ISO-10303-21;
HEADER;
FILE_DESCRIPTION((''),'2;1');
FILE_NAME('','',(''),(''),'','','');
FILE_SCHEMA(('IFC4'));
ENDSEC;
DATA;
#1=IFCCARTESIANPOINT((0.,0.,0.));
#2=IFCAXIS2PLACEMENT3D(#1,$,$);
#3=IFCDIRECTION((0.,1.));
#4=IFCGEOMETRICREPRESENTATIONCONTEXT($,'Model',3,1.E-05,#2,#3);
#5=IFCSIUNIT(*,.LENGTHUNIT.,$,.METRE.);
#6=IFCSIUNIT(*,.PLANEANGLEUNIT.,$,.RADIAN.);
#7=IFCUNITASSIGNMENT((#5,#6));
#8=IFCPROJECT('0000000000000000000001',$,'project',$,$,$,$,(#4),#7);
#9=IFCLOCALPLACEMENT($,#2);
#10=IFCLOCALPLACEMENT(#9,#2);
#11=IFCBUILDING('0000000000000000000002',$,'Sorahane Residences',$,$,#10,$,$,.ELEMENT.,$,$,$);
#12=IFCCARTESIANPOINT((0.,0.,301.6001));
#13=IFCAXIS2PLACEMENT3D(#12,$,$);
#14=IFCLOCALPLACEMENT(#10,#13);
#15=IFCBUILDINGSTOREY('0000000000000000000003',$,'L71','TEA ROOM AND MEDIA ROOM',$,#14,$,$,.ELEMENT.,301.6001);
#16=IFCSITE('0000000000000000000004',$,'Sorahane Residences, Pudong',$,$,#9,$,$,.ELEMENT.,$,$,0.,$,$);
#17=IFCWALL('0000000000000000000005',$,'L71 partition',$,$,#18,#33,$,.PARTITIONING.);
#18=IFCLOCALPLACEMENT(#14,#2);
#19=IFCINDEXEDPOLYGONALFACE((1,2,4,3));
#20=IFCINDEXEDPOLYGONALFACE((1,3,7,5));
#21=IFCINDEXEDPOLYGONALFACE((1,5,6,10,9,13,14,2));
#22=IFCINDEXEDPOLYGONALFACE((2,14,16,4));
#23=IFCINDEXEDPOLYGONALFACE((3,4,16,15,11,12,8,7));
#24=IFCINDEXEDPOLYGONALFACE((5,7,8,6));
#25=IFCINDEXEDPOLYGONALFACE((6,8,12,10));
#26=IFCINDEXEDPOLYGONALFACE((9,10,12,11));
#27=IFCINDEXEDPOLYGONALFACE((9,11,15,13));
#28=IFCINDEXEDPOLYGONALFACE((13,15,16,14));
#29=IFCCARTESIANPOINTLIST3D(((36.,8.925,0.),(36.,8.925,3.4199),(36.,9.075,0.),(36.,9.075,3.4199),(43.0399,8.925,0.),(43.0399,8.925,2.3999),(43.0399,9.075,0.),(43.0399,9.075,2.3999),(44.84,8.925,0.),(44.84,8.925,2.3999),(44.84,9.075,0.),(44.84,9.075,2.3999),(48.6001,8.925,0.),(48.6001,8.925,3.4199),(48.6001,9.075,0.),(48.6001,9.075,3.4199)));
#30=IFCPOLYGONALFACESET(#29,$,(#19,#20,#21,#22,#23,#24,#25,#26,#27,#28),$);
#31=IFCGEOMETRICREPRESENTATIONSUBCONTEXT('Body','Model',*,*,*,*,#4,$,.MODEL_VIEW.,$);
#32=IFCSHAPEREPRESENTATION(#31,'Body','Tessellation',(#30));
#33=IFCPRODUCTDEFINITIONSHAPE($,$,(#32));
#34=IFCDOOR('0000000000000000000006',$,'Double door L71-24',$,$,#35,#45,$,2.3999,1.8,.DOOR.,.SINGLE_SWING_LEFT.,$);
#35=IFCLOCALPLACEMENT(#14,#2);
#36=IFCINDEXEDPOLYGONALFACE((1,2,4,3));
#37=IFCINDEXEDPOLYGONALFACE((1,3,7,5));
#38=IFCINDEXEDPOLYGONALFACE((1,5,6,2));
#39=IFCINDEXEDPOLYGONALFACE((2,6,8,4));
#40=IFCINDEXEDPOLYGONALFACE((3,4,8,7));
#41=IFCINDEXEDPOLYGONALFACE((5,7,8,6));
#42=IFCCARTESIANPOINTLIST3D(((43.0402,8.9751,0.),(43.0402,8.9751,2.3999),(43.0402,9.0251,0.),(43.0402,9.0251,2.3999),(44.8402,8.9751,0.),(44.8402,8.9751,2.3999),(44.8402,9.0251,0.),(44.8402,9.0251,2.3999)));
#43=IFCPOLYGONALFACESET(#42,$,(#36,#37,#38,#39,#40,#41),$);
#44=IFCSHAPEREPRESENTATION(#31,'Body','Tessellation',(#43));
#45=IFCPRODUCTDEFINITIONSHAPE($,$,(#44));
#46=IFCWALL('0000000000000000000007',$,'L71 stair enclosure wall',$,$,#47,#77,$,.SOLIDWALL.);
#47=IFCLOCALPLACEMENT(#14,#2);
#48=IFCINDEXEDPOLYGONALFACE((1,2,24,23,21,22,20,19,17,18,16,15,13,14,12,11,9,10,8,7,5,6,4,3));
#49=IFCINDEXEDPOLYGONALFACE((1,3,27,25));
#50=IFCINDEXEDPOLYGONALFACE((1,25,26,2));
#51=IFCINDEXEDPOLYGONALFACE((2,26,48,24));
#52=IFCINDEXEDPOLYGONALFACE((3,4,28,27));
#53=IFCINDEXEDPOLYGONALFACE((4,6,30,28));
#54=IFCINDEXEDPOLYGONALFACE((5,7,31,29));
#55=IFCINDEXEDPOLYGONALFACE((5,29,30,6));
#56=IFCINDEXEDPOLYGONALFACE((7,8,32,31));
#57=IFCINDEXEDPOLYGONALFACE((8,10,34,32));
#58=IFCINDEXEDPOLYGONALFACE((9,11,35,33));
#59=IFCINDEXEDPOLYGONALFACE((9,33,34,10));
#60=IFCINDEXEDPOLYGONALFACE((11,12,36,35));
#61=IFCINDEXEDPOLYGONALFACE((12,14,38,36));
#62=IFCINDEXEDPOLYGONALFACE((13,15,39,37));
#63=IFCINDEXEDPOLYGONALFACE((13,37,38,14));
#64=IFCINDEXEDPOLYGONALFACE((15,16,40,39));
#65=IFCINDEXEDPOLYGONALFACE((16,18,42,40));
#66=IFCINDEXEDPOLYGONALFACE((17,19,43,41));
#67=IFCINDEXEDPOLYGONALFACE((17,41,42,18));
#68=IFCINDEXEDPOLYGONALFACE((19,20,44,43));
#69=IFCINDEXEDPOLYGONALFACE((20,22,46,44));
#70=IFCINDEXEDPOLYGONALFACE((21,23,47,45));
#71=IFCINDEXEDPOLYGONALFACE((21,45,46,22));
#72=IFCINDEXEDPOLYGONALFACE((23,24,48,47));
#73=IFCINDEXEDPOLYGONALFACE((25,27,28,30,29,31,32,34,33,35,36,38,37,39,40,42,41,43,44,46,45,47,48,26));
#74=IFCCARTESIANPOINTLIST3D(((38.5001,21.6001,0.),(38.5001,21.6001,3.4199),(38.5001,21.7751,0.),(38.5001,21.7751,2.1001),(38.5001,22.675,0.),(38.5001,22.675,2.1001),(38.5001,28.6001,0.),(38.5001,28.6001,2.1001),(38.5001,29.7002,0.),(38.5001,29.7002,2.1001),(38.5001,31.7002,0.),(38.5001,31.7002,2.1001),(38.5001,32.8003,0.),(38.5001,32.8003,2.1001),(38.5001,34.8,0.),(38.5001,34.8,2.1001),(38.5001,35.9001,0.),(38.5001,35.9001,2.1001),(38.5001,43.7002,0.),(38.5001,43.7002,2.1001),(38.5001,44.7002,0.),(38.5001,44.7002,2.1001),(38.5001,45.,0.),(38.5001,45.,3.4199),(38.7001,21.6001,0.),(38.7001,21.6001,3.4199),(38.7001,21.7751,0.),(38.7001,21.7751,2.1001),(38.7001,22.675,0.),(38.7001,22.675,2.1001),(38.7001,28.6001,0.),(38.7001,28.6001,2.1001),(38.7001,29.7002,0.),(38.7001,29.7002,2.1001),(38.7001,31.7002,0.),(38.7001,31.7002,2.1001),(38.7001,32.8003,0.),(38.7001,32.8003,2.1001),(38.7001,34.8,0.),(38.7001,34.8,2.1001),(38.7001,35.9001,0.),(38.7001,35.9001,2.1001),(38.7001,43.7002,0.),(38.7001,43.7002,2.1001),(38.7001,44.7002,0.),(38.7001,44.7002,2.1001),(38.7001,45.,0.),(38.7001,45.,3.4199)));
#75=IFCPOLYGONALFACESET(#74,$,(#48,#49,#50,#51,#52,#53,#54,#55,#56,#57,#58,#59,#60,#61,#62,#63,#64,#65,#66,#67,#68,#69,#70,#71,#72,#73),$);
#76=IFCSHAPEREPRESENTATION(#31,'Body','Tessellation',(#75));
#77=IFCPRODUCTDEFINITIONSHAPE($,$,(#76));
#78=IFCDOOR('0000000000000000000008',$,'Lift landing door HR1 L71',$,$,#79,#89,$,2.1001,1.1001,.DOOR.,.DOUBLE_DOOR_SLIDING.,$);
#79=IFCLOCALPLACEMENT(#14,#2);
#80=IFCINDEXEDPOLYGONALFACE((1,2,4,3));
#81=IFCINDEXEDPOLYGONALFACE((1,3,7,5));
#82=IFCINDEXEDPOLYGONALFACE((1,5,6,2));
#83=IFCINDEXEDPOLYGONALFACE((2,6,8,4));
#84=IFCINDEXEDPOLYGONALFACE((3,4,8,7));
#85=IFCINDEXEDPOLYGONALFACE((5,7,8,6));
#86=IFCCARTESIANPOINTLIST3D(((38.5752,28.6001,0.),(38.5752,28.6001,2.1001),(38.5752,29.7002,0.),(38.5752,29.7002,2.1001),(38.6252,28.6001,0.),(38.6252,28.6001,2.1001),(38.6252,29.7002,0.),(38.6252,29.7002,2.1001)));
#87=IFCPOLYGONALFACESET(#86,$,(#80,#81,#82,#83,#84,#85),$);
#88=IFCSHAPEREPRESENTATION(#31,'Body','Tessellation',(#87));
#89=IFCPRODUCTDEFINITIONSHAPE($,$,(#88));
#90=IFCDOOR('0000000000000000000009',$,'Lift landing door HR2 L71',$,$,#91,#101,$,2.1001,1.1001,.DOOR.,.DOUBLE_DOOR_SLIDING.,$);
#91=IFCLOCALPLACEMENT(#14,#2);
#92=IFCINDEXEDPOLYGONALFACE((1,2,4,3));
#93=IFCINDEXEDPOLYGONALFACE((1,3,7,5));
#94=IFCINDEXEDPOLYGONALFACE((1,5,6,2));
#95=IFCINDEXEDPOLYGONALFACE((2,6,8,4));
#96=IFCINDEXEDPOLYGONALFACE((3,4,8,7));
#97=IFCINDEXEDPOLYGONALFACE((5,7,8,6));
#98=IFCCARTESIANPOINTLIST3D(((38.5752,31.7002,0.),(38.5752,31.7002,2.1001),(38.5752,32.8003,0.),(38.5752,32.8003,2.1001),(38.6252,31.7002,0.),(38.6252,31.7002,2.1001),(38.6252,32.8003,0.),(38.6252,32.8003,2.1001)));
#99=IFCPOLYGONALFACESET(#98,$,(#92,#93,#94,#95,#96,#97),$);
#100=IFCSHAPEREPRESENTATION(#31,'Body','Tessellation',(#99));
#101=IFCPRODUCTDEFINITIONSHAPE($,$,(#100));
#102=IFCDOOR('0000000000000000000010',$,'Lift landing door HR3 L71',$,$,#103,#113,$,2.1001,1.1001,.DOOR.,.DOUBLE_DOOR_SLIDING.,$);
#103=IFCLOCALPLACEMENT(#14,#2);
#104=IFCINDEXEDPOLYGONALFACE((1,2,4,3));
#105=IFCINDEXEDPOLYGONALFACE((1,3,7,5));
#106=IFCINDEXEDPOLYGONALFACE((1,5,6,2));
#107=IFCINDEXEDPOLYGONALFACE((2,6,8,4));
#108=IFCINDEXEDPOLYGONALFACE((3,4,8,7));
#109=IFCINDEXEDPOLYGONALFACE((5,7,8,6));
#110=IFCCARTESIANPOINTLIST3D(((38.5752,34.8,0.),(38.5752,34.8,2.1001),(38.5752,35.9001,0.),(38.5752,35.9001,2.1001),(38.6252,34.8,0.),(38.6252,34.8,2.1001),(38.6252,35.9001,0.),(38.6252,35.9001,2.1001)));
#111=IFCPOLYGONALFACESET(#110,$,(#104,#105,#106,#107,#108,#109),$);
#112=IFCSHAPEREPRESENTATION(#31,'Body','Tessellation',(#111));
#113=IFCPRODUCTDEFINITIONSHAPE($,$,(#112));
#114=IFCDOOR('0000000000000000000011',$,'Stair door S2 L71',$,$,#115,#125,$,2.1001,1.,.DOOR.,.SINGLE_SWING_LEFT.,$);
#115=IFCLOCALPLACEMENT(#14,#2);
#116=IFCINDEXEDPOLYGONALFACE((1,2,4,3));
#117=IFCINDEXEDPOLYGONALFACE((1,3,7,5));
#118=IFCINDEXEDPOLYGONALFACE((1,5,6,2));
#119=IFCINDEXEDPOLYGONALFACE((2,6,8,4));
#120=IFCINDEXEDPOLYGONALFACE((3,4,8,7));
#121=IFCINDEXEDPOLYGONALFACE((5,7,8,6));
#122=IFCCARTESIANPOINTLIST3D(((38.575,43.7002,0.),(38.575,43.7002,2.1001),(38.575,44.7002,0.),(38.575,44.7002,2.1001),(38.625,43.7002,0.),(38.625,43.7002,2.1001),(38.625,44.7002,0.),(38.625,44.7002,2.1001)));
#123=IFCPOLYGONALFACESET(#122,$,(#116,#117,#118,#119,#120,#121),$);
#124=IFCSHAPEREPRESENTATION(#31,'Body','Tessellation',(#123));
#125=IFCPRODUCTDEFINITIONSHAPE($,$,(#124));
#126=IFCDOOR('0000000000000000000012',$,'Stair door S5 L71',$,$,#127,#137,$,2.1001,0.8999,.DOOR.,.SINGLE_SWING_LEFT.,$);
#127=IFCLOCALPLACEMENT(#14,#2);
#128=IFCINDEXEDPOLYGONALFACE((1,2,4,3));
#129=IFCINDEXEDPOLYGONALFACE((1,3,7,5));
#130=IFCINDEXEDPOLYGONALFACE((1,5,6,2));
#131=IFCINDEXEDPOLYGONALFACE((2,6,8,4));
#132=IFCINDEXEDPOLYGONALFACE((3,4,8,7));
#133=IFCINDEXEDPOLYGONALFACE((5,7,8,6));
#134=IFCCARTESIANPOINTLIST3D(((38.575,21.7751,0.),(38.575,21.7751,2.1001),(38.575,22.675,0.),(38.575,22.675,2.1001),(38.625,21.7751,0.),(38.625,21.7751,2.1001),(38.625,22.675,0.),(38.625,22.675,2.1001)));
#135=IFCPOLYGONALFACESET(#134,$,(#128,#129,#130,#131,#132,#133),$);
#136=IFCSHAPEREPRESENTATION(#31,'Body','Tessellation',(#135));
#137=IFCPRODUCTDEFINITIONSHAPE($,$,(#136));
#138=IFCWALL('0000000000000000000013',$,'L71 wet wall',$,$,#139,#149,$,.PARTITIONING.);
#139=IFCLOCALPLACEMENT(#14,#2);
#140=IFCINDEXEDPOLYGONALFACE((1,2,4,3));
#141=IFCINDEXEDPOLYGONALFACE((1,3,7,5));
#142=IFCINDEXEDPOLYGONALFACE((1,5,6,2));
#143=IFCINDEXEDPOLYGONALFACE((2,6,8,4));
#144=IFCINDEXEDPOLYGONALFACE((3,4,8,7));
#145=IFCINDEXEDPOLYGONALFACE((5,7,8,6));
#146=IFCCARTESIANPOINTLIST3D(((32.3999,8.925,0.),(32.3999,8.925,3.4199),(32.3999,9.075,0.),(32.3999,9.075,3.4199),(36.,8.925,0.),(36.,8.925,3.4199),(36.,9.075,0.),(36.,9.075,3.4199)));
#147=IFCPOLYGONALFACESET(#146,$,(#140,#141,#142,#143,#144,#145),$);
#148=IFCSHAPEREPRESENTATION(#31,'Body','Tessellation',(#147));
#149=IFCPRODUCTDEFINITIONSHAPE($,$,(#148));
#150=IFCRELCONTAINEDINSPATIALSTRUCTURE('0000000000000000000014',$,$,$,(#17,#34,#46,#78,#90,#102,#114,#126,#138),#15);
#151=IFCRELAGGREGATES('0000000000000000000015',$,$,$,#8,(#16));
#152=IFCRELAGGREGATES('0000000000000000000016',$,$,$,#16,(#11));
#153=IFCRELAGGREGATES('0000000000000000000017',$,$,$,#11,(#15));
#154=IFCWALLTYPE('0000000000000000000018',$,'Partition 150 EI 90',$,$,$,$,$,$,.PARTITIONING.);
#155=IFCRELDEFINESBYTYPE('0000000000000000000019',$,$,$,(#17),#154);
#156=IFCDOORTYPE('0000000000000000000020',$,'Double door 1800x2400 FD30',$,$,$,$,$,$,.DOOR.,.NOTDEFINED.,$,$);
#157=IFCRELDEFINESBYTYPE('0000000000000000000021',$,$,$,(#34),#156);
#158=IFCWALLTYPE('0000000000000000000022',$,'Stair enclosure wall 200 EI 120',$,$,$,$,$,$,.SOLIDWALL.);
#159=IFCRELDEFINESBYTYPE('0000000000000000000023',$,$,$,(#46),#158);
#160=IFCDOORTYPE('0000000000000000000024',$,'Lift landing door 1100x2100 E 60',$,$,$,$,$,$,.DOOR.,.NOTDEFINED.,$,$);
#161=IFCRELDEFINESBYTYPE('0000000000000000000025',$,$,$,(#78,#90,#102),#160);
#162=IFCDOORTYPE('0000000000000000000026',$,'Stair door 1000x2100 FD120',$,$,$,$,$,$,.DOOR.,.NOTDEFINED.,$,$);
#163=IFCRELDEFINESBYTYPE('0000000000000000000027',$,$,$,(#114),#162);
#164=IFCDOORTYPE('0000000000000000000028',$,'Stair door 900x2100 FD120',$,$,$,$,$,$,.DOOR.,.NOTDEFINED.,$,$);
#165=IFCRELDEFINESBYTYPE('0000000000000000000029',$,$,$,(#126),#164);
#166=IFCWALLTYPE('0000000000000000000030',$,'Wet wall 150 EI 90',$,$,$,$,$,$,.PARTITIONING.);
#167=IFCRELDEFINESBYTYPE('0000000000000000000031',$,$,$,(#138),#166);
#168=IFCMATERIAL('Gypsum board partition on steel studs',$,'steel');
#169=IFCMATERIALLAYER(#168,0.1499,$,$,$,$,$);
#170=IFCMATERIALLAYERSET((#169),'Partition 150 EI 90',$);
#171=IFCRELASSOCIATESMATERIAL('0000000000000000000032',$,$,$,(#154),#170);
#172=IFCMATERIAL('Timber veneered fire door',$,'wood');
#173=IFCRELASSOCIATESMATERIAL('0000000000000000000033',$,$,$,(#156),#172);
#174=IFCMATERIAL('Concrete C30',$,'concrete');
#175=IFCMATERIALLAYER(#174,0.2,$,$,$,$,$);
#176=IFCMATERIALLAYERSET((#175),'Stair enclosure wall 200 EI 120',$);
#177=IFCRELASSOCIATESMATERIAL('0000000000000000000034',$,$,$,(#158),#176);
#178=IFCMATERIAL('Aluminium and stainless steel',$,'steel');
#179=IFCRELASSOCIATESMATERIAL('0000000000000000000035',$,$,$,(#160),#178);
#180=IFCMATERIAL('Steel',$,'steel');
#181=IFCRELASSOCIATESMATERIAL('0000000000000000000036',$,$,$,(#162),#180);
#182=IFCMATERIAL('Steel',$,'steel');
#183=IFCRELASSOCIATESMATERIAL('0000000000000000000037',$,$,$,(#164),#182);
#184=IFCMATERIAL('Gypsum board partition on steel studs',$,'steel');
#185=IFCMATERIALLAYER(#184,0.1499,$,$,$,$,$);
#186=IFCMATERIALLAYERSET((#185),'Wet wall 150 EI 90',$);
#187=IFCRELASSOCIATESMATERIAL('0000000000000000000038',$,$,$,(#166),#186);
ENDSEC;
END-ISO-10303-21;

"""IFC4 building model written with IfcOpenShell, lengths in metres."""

from ifc_helpers import new_model, si_unit, direction, frame, frame_2d, origin, place, context, subcontext, project, spatial, rectangle, extrude, material, layer, layer_set, type_object, element, fill, save


model = new_model("IFC4")

# Units and contexts
model_context = context("Model", 3, precision=1e-05, world=origin(), true_north=direction((0.0, 1.0)))
body_context = subcontext(model_context, "Body", "Model", "MODEL_VIEW")
ifc_project = project(units=[si_unit("LENGTHUNIT", "METRE"), si_unit("PLANEANGLEUNIT", "RADIAN")], contexts=[model_context])

# Site, building, storey
site_placement = place(None, origin())
site = spatial("IfcSite", under=ifc_project, at=site_placement, Name="Sorahane Residences, Pudong", CompositionType="ELEMENT", RefElevation=0.0)
building_placement = place(site_placement, origin())
building = spatial("IfcBuilding", under=site, at=building_placement, Name="Sorahane Residences", CompositionType="ELEMENT")
storey_placement = place(building_placement, frame((0.0, 0.0, 301.6001)))
storey = spatial("IfcBuildingStorey", under=building, at=storey_placement, Name="L71", Description="TEA ROOM AND MEDIA ROOM", CompositionType="ELEMENT", Elevation=301.6001)

# Shared definitions
ifc_material_1 = material(Name="Gypsum board partition on steel studs", Category="steel")
ifc_layer_1 = layer(ifc_material_1, 0.1499)
ifc_layer_set_1 = layer_set([ifc_layer_1], Name="Partition 150 EI 90")
wall_type_1 = type_object("IfcWallType", Name="Partition 150 EI 90", PredefinedType="PARTITIONING", material=ifc_layer_set_1)

# Wall, opening, door
wall_1_placement = place(storey_placement, frame((36.0, 9.0, 0.0), z_axis=(0.0, 0.0, 1.0), x_axis=(1.0, 0.0, 0.0)))
wall_1 = element("IfcWall", 1, at=wall_1_placement, inside=storey, type_object=wall_type_1, Name="L71 partition", PredefinedType="PARTITIONING", context=body_context, shape_type="SweptSolid", body=[
    extrude(rectangle(XDim=12.6001, YDim=0.1499, at=frame_2d((6.3, 0.0))), origin(), (0.0, 0.0, 1.0), 3.4199),
])
opening_1_placement = place(wall_1_placement, frame((7.04, 0.0, 0.0)))
opening_1 = element("IfcOpeningElement", 2, at=opening_1_placement, cuts=wall_1, PredefinedType="OPENING", context=body_context, shape_type="SweptSolid", body=[
    extrude(rectangle(XDim=1.8, YDim=2.3999, at=frame_2d((0.8999, 1.2))), frame((0.0, 0.085, 0.0), z_axis=(0.0, -1.0, 0.0), x_axis=(1.0, 0.0, 0.0)), (0.0, 0.0, 1.0), 0.1699),
])
ifc_material_2 = material(Name="Timber veneered fire door", Category="wood")
door_type_1 = type_object("IfcDoorType", Name="Double door 1800x2400 FD30", OperationType="NOTDEFINED", PredefinedType="DOOR", material=ifc_material_2)
door_1_placement = place(opening_1_placement, frame((1.8, 0.0, 0.0), z_axis=(0.0, 0.0, 1.0), x_axis=(-1.0, 0.0, 0.0)))
door_1 = element("IfcDoor", 3, at=door_1_placement, inside=storey, type_object=door_type_1, Name="Double door L71-24", OperationType="SINGLE_SWING_LEFT", OverallHeight=2.3999, OverallWidth=1.8, PredefinedType="DOOR", context=body_context, shape_type="SweptSolid", body=[
    extrude(rectangle(XDim=1.8, YDim=2.3999, at=frame_2d((0.8999, 1.2))), frame((0.0, 0.0249, 0.0), z_axis=(0.0, -1.0, 0.0), x_axis=(1.0, 0.0, 0.0)), (0.0, 0.0, 1.0), 0.05),
])
fill(opening_1, door_1)

# Wall, openings, doors
ifc_material_3 = material(Name="Concrete C30", Category="concrete")
ifc_layer_2 = layer(ifc_material_3, 0.2)
ifc_layer_set_2 = layer_set([ifc_layer_2], Name="Stair enclosure wall 200 EI 120")
wall_type_2 = type_object("IfcWallType", Name="Stair enclosure wall 200 EI 120", PredefinedType="SOLIDWALL", material=ifc_layer_set_2)
wall_2_placement = place(storey_placement, frame((38.6001, 21.6001, 0.0), z_axis=(0.0, 0.0, 1.0), x_axis=(0.0, 1.0, 0.0)))
wall_2 = element("IfcWall", 4, at=wall_2_placement, inside=storey, type_object=wall_type_2, Name="L71 stair enclosure wall", PredefinedType="SOLIDWALL", context=body_context, shape_type="SweptSolid", body=[
    extrude(rectangle(XDim=23.3999, YDim=0.2, at=frame_2d((11.7, 0.0))), origin(), (0.0, 0.0, 1.0), 3.4199),
])
opening_2_placement = place(wall_2_placement, frame((7.0, 0.0, 0.0)))
opening_2 = element("IfcOpeningElement", 5, at=opening_2_placement, cuts=wall_2, PredefinedType="OPENING", context=body_context, shape_type="SweptSolid", body=[
    extrude(rectangle(XDim=1.1001, YDim=2.1001, at=frame_2d((0.55, 1.05))), frame((0.0, 0.1099, 0.0), z_axis=(0.0, -1.0, 0.0), x_axis=(1.0, 0.0, 0.0)), (0.0, 0.0, 1.0), 0.22),
])
opening_3_placement = place(wall_2_placement, frame((10.1001, 0.0, 0.0)))
opening_3 = element("IfcOpeningElement", 6, at=opening_3_placement, cuts=wall_2, PredefinedType="OPENING", context=body_context, shape_type="SweptSolid", body=[
    extrude(rectangle(XDim=1.1001, YDim=2.1001, at=frame_2d((0.55, 1.05))), frame((0.0, 0.1099, 0.0), z_axis=(0.0, -1.0, 0.0), x_axis=(1.0, 0.0, 0.0)), (0.0, 0.0, 1.0), 0.22),
])
opening_4_placement = place(wall_2_placement, frame((13.2, 0.0, 0.0)))
opening_4 = element("IfcOpeningElement", 7, at=opening_4_placement, cuts=wall_2, PredefinedType="OPENING", context=body_context, shape_type="SweptSolid", body=[
    extrude(rectangle(XDim=1.1001, YDim=2.1001, at=frame_2d((0.55, 1.05))), frame((0.0, 0.1099, 0.0), z_axis=(0.0, -1.0, 0.0), x_axis=(1.0, 0.0, 0.0)), (0.0, 0.0, 1.0), 0.22),
])
opening_5_placement = place(wall_2_placement, frame((22.1001, 0.0, 0.0)))
opening_5 = element("IfcOpeningElement", 8, at=opening_5_placement, cuts=wall_2, PredefinedType="OPENING", context=body_context, shape_type="SweptSolid", body=[
    extrude(rectangle(XDim=1.0, YDim=2.1001, at=frame_2d((0.5, 1.05))), frame((0.0, 0.1099, 0.0), z_axis=(0.0, -1.0, 0.0), x_axis=(1.0, 0.0, 0.0)), (0.0, 0.0, 1.0), 0.22),
])
opening_6_placement = place(wall_2_placement, frame((0.175, 0.0, 0.0)))
opening_6 = element("IfcOpeningElement", 9, at=opening_6_placement, cuts=wall_2, PredefinedType="OPENING", context=body_context, shape_type="SweptSolid", body=[
    extrude(rectangle(XDim=0.8999, YDim=2.1001, at=frame_2d((0.45, 1.05))), frame((0.0, 0.1099, 0.0), z_axis=(0.0, -1.0, 0.0), x_axis=(1.0, 0.0, 0.0)), (0.0, 0.0, 1.0), 0.22),
])
ifc_material_4 = material(Name="Aluminium and stainless steel", Category="steel")
door_type_2 = type_object("IfcDoorType", Name="Lift landing door 1100x2100 E 60", OperationType="NOTDEFINED", PredefinedType="DOOR", material=ifc_material_4)
door_2_placement = place(opening_2_placement, origin())
door_2 = element("IfcDoor", 10, at=door_2_placement, inside=storey, type_object=door_type_2, Name="Lift landing door HR1 L71", OperationType="DOUBLE_DOOR_SLIDING", OverallHeight=2.1001, OverallWidth=1.1001, PredefinedType="DOOR", context=body_context, shape_type="SweptSolid", body=[
    extrude(rectangle(XDim=1.1001, YDim=2.1001, at=frame_2d((0.55, 1.05))), frame((0.0, 0.0249, 0.0), z_axis=(0.0, -1.0, 0.0), x_axis=(1.0, 0.0, 0.0)), (0.0, 0.0, 1.0), 0.05),
])
fill(opening_2, door_2)
door_3_placement = place(opening_3_placement, origin())
door_3 = element("IfcDoor", 11, at=door_3_placement, inside=storey, type_object=door_type_2, Name="Lift landing door HR2 L71", OperationType="DOUBLE_DOOR_SLIDING", OverallHeight=2.1001, OverallWidth=1.1001, PredefinedType="DOOR", context=body_context, shape_type="SweptSolid", body=[
    extrude(rectangle(XDim=1.1001, YDim=2.1001, at=frame_2d((0.55, 1.05))), frame((0.0, 0.0249, 0.0), z_axis=(0.0, -1.0, 0.0), x_axis=(1.0, 0.0, 0.0)), (0.0, 0.0, 1.0), 0.05),
])
fill(opening_3, door_3)
door_4_placement = place(opening_4_placement, origin())
door_4 = element("IfcDoor", 12, at=door_4_placement, inside=storey, type_object=door_type_2, Name="Lift landing door HR3 L71", OperationType="DOUBLE_DOOR_SLIDING", OverallHeight=2.1001, OverallWidth=1.1001, PredefinedType="DOOR", context=body_context, shape_type="SweptSolid", body=[
    extrude(rectangle(XDim=1.1001, YDim=2.1001, at=frame_2d((0.55, 1.05))), frame((0.0, 0.0249, 0.0), z_axis=(0.0, -1.0, 0.0), x_axis=(1.0, 0.0, 0.0)), (0.0, 0.0, 1.0), 0.05),
])
fill(opening_4, door_4)
ifc_material_5 = material(Name="Steel", Category="steel")
door_type_3 = type_object("IfcDoorType", Name="Stair door 1000x2100 FD120", OperationType="NOTDEFINED", PredefinedType="DOOR", material=ifc_material_5)
door_5_placement = place(opening_5_placement, frame((1.0, 0.0, 0.0), z_axis=(0.0, 0.0, 1.0), x_axis=(-1.0, 0.0, 0.0)))
door_5 = element("IfcDoor", 13, at=door_5_placement, inside=storey, type_object=door_type_3, Name="Stair door S2 L71", OperationType="SINGLE_SWING_LEFT", OverallHeight=2.1001, OverallWidth=1.0, PredefinedType="DOOR", context=body_context, shape_type="SweptSolid", body=[
    extrude(rectangle(XDim=1.0, YDim=2.1001, at=frame_2d((0.5, 1.05))), frame((0.0, 0.0249, 0.0), z_axis=(0.0, -1.0, 0.0), x_axis=(1.0, 0.0, 0.0)), (0.0, 0.0, 1.0), 0.05),
])
fill(opening_5, door_5)
ifc_material_6 = material(Name="Steel", Category="steel")
door_type_4 = type_object("IfcDoorType", Name="Stair door 900x2100 FD120", OperationType="NOTDEFINED", PredefinedType="DOOR", material=ifc_material_6)
door_6_placement = place(opening_6_placement, frame((0.8999, 0.0, 0.0), z_axis=(0.0, 0.0, 1.0), x_axis=(-1.0, 0.0, 0.0)))
door_6 = element("IfcDoor", 14, at=door_6_placement, inside=storey, type_object=door_type_4, Name="Stair door S5 L71", OperationType="SINGLE_SWING_LEFT", OverallHeight=2.1001, OverallWidth=0.8999, PredefinedType="DOOR", context=body_context, shape_type="SweptSolid", body=[
    extrude(rectangle(XDim=0.8999, YDim=2.1001, at=frame_2d((0.45, 1.05))), frame((0.0, 0.0249, 0.0), z_axis=(0.0, -1.0, 0.0), x_axis=(1.0, 0.0, 0.0)), (0.0, 0.0, 1.0), 0.05),
])
fill(opening_6, door_6)

# Wall
ifc_material_7 = material(Name="Gypsum board partition on steel studs", Category="steel")
ifc_layer_3 = layer(ifc_material_7, 0.1499)
ifc_layer_set_3 = layer_set([ifc_layer_3], Name="Wet wall 150 EI 90")
wall_type_3 = type_object("IfcWallType", Name="Wet wall 150 EI 90", PredefinedType="PARTITIONING", material=ifc_layer_set_3)
wall_3_placement = place(storey_placement, frame((32.3999, 9.0, 0.0), z_axis=(0.0, 0.0, 1.0), x_axis=(1.0, 0.0, 0.0)))
element("IfcWall", 15, at=wall_3_placement, inside=storey, type_object=wall_type_3, Name="L71 wet wall", PredefinedType="PARTITIONING", context=body_context, shape_type="SweptSolid", body=[
    extrude(rectangle(XDim=3.6001, YDim=0.1499, at=frame_2d((1.8, 0.0))), origin(), (0.0, 0.0, 1.0), 3.4199),
])

save(model, "model.ifc")
